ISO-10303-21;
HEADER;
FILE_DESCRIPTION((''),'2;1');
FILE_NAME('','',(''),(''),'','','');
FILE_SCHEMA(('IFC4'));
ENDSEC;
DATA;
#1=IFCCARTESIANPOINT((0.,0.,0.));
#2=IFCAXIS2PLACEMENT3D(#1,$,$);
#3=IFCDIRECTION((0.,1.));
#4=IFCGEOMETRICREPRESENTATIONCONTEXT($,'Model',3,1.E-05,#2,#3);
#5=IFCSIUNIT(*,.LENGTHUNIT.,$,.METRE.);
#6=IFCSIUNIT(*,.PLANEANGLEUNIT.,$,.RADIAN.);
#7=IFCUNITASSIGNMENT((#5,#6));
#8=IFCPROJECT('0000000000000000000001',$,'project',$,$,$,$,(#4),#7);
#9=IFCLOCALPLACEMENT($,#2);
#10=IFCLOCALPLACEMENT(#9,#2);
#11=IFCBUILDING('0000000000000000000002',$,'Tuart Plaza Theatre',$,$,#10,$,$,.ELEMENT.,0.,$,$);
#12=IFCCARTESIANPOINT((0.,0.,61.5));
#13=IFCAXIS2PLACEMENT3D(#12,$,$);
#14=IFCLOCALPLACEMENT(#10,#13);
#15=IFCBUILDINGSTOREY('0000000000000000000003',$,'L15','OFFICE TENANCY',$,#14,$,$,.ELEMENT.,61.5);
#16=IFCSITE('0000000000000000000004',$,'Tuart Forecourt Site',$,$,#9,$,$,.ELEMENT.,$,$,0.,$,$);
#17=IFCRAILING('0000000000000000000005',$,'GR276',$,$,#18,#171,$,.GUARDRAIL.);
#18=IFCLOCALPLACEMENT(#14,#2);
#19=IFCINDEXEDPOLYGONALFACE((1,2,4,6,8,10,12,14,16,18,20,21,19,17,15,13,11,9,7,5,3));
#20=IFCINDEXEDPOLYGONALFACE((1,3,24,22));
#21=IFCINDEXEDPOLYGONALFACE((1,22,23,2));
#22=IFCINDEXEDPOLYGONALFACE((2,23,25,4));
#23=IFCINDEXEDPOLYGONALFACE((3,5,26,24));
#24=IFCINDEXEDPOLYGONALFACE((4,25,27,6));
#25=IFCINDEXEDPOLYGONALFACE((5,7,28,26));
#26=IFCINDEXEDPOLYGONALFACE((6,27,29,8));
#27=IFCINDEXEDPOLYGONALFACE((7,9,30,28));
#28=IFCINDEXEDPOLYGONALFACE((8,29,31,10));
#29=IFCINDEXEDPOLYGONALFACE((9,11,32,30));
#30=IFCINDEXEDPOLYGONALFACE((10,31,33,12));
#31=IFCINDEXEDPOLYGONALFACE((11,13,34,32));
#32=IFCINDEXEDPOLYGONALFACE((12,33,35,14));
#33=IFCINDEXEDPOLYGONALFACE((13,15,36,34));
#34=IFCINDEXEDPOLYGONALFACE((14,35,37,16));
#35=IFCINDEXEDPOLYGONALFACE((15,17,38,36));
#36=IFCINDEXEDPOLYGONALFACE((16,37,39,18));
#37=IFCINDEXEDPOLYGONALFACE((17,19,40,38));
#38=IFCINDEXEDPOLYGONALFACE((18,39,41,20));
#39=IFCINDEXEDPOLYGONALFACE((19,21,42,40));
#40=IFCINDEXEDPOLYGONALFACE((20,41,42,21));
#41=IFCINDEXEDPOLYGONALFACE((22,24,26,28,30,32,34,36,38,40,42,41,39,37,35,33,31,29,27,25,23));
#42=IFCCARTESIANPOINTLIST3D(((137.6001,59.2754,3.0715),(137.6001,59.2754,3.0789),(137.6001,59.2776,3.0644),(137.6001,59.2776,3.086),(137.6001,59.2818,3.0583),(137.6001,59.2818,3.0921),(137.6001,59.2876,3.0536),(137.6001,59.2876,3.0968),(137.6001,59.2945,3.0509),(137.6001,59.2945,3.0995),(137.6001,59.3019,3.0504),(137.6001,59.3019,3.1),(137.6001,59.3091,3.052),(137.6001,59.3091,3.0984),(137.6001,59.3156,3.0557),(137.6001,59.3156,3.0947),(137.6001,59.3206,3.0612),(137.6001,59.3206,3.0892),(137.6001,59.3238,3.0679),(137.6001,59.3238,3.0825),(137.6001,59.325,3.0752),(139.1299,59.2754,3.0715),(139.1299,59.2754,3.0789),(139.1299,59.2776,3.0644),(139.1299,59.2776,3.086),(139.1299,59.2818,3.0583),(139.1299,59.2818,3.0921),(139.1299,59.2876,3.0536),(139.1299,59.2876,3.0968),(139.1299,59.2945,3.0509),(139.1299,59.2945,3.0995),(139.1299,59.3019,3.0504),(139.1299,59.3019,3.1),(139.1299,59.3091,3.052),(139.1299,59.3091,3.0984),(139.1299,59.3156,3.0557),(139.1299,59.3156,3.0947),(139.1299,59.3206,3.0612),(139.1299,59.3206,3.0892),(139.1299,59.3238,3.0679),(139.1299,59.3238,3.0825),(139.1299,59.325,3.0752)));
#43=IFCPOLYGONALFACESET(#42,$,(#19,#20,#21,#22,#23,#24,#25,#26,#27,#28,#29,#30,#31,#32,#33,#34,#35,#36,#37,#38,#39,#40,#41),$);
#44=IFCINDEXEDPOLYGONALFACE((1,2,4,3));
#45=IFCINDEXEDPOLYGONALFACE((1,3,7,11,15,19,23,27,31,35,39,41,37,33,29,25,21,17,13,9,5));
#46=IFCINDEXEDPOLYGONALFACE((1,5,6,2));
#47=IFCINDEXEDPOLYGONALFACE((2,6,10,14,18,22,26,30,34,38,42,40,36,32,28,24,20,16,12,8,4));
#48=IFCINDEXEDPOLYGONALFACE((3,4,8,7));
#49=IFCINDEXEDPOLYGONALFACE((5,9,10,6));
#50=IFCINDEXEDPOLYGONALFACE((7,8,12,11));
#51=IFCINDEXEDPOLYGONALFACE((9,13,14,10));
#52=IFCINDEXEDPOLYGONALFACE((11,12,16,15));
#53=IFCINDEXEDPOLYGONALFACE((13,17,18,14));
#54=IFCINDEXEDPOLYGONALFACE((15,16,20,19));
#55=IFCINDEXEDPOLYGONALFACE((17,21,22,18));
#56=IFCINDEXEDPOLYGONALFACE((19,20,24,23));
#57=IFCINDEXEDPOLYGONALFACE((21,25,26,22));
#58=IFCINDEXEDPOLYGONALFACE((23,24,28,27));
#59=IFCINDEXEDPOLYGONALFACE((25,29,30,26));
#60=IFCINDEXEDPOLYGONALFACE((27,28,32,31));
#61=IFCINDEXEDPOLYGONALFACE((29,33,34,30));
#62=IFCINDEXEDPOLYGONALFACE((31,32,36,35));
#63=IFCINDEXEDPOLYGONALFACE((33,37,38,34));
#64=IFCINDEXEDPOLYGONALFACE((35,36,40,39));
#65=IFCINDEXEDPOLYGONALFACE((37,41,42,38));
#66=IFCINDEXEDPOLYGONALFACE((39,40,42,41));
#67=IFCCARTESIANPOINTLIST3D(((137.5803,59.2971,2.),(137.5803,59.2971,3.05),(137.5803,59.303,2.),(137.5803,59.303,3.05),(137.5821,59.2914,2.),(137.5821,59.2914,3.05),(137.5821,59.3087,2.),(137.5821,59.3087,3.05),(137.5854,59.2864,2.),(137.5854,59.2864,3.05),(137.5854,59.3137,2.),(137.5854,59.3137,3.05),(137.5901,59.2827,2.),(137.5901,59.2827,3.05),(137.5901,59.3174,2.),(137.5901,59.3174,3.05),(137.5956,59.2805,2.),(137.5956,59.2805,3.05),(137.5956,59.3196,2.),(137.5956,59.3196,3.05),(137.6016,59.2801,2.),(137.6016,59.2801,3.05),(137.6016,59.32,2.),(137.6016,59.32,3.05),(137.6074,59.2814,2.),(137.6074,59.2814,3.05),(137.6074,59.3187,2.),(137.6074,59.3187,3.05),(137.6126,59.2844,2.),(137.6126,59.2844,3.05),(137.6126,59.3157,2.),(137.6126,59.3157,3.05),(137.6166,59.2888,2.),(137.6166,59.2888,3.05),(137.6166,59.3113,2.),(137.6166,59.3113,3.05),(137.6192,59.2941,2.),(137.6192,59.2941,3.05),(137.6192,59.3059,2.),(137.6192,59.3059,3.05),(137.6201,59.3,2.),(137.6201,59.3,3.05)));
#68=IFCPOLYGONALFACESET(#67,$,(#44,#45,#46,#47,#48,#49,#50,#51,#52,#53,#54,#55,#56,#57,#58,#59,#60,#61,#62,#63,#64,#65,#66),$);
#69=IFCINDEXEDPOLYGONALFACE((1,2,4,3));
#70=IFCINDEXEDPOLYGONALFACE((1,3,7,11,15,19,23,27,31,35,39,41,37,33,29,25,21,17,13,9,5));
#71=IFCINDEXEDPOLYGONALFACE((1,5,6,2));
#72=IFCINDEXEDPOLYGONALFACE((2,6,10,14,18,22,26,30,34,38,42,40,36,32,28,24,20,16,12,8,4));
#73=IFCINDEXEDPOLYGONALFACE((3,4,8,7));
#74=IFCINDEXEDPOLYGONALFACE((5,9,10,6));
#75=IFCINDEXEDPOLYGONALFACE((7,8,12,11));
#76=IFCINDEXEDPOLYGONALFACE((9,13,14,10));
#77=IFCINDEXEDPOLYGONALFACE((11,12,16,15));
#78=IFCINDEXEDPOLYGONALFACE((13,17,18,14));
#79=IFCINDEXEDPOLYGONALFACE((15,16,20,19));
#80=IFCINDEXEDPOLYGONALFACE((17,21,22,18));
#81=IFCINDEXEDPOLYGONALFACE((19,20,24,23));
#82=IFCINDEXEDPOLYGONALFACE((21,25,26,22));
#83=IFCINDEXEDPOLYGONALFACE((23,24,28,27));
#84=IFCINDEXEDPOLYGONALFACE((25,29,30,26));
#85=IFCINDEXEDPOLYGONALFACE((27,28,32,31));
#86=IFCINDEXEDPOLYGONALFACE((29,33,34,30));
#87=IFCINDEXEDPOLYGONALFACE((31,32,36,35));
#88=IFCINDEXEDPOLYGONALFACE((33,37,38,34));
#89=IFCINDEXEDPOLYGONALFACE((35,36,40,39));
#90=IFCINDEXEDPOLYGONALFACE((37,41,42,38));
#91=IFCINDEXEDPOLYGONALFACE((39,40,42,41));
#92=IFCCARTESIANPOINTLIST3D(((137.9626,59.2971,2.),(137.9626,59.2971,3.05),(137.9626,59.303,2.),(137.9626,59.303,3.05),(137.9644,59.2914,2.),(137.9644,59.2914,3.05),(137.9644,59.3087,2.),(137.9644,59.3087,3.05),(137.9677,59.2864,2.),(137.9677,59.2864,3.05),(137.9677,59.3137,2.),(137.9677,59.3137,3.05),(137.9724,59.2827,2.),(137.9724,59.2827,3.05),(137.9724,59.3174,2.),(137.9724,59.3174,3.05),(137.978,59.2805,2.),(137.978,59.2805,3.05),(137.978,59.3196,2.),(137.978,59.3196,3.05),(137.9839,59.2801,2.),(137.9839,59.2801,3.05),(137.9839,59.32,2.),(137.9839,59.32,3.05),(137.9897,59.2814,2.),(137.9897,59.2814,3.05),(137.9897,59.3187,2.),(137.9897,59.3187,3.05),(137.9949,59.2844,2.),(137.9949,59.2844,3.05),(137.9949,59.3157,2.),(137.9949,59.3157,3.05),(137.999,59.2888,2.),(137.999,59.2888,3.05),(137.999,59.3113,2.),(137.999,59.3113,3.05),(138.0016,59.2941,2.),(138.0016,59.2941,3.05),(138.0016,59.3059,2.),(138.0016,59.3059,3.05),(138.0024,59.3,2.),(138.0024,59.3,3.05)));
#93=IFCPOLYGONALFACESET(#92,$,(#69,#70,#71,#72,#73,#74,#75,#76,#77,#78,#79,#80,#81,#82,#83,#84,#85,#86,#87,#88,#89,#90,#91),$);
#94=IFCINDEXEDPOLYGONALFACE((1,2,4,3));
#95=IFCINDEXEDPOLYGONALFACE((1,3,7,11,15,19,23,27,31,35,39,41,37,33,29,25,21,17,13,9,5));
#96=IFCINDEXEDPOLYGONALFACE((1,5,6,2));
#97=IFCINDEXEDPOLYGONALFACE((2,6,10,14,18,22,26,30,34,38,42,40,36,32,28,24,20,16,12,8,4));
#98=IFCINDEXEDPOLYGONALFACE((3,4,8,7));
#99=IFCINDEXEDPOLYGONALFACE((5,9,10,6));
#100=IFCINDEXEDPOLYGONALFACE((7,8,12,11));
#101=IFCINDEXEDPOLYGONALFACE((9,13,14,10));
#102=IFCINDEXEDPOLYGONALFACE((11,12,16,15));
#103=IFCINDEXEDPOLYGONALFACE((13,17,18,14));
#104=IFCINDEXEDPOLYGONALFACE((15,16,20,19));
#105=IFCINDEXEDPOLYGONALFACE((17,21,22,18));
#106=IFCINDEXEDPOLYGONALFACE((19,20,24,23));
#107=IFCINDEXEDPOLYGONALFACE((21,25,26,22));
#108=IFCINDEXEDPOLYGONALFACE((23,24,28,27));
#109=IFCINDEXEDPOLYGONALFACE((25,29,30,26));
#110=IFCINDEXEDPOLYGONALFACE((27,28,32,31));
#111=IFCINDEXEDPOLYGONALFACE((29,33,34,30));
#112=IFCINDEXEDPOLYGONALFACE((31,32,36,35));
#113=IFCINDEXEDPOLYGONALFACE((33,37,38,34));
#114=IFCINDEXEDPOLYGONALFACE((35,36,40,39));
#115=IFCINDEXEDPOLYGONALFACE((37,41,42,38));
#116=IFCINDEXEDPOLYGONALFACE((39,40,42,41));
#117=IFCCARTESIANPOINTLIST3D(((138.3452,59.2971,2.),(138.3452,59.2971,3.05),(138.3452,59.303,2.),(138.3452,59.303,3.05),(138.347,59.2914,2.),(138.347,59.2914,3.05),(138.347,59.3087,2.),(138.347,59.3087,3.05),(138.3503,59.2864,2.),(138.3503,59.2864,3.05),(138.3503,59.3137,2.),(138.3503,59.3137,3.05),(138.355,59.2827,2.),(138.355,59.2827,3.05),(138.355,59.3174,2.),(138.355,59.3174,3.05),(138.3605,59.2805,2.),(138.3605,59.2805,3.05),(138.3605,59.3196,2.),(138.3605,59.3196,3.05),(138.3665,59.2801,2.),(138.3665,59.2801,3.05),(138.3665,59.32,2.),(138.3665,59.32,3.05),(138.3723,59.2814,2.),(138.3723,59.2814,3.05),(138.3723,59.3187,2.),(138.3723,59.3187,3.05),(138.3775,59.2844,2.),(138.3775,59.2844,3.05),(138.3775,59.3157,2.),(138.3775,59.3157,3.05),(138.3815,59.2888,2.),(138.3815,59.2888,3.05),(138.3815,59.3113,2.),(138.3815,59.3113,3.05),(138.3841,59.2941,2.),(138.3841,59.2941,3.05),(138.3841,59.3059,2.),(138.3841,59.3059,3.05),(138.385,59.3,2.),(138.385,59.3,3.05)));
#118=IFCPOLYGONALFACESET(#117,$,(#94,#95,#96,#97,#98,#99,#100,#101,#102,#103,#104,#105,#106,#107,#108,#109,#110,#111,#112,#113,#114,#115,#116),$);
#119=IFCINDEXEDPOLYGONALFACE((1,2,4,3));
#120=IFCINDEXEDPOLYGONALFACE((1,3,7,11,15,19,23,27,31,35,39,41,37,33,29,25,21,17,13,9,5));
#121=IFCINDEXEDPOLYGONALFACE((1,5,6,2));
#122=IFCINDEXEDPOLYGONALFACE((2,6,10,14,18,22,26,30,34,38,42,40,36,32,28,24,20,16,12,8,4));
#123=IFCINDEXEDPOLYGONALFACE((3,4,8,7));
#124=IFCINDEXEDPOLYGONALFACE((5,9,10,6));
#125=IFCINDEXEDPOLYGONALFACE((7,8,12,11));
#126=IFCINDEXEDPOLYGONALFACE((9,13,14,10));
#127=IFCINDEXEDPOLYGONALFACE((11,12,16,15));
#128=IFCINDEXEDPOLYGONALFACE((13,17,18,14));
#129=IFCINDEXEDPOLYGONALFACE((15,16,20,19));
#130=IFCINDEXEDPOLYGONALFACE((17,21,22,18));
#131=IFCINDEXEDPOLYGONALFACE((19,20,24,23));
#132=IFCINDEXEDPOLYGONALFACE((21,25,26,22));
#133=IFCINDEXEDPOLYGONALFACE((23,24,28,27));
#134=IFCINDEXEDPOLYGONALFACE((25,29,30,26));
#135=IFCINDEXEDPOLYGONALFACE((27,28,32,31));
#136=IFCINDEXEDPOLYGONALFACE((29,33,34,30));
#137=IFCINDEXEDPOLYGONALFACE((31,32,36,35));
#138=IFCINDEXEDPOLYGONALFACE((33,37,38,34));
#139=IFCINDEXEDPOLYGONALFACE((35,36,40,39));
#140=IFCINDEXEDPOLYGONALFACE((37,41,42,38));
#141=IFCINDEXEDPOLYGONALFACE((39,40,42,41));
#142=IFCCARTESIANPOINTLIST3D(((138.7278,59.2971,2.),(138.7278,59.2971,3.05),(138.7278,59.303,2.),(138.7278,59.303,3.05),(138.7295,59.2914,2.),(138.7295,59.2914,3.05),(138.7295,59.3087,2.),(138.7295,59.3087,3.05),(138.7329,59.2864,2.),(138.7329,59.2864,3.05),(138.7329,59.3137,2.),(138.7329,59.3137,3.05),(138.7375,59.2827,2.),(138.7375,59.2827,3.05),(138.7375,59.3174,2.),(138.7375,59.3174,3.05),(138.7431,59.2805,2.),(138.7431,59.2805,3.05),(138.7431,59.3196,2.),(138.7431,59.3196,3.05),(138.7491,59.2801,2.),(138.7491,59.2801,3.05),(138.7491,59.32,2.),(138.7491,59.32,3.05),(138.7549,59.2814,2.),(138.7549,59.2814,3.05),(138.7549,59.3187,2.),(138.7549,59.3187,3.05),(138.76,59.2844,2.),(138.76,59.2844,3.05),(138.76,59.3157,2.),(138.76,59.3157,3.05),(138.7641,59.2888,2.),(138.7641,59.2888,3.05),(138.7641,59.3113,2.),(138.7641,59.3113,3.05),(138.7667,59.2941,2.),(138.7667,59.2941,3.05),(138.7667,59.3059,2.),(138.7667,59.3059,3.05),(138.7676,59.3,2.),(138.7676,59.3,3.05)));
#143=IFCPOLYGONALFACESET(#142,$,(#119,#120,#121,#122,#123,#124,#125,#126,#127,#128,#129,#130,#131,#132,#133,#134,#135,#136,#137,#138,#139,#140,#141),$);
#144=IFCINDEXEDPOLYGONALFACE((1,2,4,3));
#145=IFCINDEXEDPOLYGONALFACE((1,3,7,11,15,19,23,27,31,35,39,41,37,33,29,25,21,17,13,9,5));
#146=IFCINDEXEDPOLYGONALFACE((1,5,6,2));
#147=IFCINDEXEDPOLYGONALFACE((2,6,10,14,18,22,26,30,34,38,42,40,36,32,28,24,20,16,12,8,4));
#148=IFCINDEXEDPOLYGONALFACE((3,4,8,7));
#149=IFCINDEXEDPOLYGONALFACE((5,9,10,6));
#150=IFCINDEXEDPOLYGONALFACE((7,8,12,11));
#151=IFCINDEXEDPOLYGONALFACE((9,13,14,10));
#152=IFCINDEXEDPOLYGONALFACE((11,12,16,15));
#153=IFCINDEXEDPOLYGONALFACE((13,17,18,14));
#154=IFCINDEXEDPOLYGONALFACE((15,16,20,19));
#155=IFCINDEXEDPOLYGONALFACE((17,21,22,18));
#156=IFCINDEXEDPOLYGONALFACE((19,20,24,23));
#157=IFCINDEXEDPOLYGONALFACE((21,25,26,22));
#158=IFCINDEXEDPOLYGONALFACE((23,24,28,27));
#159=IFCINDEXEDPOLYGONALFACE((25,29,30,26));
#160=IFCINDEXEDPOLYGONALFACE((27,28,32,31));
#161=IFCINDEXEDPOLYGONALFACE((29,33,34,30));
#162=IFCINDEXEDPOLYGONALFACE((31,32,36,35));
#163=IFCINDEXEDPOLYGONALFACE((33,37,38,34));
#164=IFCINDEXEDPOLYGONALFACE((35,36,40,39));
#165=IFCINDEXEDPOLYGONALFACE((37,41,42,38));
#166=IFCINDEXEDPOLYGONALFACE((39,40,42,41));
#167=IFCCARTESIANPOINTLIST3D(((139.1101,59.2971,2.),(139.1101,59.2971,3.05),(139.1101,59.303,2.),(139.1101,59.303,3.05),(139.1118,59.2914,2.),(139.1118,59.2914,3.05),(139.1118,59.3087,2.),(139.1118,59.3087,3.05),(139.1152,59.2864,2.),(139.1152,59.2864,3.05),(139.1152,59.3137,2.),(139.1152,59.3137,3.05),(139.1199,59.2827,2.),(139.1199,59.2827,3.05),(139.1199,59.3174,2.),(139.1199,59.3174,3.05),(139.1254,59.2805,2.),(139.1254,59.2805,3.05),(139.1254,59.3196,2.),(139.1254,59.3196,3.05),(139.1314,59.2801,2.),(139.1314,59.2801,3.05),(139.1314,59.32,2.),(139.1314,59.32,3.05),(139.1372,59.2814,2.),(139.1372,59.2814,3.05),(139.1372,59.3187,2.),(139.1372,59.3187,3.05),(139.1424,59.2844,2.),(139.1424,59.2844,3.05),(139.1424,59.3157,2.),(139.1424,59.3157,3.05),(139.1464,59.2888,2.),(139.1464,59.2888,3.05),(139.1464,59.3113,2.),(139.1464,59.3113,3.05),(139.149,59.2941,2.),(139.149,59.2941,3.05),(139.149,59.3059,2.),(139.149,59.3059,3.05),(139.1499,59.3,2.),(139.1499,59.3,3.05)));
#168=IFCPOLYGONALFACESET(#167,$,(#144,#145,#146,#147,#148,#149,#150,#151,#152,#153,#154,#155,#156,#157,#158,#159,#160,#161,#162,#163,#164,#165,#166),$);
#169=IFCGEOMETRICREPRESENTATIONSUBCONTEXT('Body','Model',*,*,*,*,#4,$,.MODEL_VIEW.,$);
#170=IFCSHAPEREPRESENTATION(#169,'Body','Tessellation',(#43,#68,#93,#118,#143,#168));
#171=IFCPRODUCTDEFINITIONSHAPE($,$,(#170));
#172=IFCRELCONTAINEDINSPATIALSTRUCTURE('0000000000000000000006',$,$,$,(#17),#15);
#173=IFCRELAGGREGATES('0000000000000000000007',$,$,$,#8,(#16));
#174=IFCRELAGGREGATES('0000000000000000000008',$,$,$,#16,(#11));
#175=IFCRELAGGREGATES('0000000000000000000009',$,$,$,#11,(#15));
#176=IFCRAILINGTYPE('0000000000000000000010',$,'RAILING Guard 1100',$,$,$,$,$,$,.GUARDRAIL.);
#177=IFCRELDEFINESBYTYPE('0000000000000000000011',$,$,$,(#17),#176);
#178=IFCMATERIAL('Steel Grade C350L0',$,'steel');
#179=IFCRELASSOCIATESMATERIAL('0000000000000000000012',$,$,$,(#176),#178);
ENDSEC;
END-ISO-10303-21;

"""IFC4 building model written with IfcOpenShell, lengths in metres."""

from ifc_helpers import new_model, si_unit, direction, frame, origin, origin_2d, place, context, subcontext, project, spatial, circle, extrude, material, type_object, element, save


model = new_model("IFC4")

# Units and contexts
model_context = context("Model", 3, precision=1e-05, world=origin(), true_north=direction((0.0, 1.0)))
body_context = subcontext(model_context, "Body", "Model", "MODEL_VIEW")
ifc_project = project(units=[si_unit("LENGTHUNIT", "METRE"), si_unit("PLANEANGLEUNIT", "RADIAN")], contexts=[model_context])

# Site, building, storey
site_placement = place(None, origin())
site = spatial("IfcSite", under=ifc_project, at=site_placement, Name="Tuart Forecourt Site", CompositionType="ELEMENT", RefElevation=0.0)
building_placement = place(site_placement, origin())
building = spatial("IfcBuilding", under=site, at=building_placement, Name="Tuart Plaza Theatre", CompositionType="ELEMENT", ElevationOfRefHeight=0.0)
storey_placement = place(building_placement, frame((0.0, 0.0, 61.5)))
storey = spatial("IfcBuildingStorey", under=building, at=storey_placement, Name="L15", Description="OFFICE TENANCY", CompositionType="ELEMENT", Elevation=61.5)

# Railing
ifc_material_1 = material(Name="Steel Grade C350L0", Category="steel")
railing_type_1 = type_object("IfcRailingType", Name="RAILING Guard 1100", PredefinedType="GUARDRAIL", material=ifc_material_1)
railing_1_placement = place(storey_placement, frame((137.6001, 59.3, 2.0)))
element("IfcRailing", 1, at=railing_1_placement, inside=storey, type_object=railing_type_1, Name="GR276", PredefinedType="GUARDRAIL", context=body_context, shape_type="SweptSolid", body=[
    extrude(circle(Radius=0.0249, at=origin_2d()), frame((0.0, 0.0, 1.0752), z_axis=(1.0, 0.0, 0.0), x_axis=(0.0, 1.0, 0.0)), (0.0, 0.0, 1.0), 1.5298),
    extrude(circle(Radius=0.02, at=origin_2d()), origin(), (0.0, 0.0, 1.0), 1.05),
    extrude(circle(Radius=0.02, at=origin_2d()), frame((0.3823, 0.0, 0.0)), (0.0, 0.0, 1.0), 1.05),
    extrude(circle(Radius=0.02, at=origin_2d()), frame((0.7649, 0.0, 0.0)), (0.0, 0.0, 1.0), 1.05),
    extrude(circle(Radius=0.02, at=origin_2d()), frame((1.1475, 0.0, 0.0)), (0.0, 0.0, 1.0), 1.05),
    extrude(circle(Radius=0.02, at=origin_2d()), frame((1.5298, 0.0, 0.0)), (0.0, 0.0, 1.0), 1.05),
])

save(model, "model.ifc")
